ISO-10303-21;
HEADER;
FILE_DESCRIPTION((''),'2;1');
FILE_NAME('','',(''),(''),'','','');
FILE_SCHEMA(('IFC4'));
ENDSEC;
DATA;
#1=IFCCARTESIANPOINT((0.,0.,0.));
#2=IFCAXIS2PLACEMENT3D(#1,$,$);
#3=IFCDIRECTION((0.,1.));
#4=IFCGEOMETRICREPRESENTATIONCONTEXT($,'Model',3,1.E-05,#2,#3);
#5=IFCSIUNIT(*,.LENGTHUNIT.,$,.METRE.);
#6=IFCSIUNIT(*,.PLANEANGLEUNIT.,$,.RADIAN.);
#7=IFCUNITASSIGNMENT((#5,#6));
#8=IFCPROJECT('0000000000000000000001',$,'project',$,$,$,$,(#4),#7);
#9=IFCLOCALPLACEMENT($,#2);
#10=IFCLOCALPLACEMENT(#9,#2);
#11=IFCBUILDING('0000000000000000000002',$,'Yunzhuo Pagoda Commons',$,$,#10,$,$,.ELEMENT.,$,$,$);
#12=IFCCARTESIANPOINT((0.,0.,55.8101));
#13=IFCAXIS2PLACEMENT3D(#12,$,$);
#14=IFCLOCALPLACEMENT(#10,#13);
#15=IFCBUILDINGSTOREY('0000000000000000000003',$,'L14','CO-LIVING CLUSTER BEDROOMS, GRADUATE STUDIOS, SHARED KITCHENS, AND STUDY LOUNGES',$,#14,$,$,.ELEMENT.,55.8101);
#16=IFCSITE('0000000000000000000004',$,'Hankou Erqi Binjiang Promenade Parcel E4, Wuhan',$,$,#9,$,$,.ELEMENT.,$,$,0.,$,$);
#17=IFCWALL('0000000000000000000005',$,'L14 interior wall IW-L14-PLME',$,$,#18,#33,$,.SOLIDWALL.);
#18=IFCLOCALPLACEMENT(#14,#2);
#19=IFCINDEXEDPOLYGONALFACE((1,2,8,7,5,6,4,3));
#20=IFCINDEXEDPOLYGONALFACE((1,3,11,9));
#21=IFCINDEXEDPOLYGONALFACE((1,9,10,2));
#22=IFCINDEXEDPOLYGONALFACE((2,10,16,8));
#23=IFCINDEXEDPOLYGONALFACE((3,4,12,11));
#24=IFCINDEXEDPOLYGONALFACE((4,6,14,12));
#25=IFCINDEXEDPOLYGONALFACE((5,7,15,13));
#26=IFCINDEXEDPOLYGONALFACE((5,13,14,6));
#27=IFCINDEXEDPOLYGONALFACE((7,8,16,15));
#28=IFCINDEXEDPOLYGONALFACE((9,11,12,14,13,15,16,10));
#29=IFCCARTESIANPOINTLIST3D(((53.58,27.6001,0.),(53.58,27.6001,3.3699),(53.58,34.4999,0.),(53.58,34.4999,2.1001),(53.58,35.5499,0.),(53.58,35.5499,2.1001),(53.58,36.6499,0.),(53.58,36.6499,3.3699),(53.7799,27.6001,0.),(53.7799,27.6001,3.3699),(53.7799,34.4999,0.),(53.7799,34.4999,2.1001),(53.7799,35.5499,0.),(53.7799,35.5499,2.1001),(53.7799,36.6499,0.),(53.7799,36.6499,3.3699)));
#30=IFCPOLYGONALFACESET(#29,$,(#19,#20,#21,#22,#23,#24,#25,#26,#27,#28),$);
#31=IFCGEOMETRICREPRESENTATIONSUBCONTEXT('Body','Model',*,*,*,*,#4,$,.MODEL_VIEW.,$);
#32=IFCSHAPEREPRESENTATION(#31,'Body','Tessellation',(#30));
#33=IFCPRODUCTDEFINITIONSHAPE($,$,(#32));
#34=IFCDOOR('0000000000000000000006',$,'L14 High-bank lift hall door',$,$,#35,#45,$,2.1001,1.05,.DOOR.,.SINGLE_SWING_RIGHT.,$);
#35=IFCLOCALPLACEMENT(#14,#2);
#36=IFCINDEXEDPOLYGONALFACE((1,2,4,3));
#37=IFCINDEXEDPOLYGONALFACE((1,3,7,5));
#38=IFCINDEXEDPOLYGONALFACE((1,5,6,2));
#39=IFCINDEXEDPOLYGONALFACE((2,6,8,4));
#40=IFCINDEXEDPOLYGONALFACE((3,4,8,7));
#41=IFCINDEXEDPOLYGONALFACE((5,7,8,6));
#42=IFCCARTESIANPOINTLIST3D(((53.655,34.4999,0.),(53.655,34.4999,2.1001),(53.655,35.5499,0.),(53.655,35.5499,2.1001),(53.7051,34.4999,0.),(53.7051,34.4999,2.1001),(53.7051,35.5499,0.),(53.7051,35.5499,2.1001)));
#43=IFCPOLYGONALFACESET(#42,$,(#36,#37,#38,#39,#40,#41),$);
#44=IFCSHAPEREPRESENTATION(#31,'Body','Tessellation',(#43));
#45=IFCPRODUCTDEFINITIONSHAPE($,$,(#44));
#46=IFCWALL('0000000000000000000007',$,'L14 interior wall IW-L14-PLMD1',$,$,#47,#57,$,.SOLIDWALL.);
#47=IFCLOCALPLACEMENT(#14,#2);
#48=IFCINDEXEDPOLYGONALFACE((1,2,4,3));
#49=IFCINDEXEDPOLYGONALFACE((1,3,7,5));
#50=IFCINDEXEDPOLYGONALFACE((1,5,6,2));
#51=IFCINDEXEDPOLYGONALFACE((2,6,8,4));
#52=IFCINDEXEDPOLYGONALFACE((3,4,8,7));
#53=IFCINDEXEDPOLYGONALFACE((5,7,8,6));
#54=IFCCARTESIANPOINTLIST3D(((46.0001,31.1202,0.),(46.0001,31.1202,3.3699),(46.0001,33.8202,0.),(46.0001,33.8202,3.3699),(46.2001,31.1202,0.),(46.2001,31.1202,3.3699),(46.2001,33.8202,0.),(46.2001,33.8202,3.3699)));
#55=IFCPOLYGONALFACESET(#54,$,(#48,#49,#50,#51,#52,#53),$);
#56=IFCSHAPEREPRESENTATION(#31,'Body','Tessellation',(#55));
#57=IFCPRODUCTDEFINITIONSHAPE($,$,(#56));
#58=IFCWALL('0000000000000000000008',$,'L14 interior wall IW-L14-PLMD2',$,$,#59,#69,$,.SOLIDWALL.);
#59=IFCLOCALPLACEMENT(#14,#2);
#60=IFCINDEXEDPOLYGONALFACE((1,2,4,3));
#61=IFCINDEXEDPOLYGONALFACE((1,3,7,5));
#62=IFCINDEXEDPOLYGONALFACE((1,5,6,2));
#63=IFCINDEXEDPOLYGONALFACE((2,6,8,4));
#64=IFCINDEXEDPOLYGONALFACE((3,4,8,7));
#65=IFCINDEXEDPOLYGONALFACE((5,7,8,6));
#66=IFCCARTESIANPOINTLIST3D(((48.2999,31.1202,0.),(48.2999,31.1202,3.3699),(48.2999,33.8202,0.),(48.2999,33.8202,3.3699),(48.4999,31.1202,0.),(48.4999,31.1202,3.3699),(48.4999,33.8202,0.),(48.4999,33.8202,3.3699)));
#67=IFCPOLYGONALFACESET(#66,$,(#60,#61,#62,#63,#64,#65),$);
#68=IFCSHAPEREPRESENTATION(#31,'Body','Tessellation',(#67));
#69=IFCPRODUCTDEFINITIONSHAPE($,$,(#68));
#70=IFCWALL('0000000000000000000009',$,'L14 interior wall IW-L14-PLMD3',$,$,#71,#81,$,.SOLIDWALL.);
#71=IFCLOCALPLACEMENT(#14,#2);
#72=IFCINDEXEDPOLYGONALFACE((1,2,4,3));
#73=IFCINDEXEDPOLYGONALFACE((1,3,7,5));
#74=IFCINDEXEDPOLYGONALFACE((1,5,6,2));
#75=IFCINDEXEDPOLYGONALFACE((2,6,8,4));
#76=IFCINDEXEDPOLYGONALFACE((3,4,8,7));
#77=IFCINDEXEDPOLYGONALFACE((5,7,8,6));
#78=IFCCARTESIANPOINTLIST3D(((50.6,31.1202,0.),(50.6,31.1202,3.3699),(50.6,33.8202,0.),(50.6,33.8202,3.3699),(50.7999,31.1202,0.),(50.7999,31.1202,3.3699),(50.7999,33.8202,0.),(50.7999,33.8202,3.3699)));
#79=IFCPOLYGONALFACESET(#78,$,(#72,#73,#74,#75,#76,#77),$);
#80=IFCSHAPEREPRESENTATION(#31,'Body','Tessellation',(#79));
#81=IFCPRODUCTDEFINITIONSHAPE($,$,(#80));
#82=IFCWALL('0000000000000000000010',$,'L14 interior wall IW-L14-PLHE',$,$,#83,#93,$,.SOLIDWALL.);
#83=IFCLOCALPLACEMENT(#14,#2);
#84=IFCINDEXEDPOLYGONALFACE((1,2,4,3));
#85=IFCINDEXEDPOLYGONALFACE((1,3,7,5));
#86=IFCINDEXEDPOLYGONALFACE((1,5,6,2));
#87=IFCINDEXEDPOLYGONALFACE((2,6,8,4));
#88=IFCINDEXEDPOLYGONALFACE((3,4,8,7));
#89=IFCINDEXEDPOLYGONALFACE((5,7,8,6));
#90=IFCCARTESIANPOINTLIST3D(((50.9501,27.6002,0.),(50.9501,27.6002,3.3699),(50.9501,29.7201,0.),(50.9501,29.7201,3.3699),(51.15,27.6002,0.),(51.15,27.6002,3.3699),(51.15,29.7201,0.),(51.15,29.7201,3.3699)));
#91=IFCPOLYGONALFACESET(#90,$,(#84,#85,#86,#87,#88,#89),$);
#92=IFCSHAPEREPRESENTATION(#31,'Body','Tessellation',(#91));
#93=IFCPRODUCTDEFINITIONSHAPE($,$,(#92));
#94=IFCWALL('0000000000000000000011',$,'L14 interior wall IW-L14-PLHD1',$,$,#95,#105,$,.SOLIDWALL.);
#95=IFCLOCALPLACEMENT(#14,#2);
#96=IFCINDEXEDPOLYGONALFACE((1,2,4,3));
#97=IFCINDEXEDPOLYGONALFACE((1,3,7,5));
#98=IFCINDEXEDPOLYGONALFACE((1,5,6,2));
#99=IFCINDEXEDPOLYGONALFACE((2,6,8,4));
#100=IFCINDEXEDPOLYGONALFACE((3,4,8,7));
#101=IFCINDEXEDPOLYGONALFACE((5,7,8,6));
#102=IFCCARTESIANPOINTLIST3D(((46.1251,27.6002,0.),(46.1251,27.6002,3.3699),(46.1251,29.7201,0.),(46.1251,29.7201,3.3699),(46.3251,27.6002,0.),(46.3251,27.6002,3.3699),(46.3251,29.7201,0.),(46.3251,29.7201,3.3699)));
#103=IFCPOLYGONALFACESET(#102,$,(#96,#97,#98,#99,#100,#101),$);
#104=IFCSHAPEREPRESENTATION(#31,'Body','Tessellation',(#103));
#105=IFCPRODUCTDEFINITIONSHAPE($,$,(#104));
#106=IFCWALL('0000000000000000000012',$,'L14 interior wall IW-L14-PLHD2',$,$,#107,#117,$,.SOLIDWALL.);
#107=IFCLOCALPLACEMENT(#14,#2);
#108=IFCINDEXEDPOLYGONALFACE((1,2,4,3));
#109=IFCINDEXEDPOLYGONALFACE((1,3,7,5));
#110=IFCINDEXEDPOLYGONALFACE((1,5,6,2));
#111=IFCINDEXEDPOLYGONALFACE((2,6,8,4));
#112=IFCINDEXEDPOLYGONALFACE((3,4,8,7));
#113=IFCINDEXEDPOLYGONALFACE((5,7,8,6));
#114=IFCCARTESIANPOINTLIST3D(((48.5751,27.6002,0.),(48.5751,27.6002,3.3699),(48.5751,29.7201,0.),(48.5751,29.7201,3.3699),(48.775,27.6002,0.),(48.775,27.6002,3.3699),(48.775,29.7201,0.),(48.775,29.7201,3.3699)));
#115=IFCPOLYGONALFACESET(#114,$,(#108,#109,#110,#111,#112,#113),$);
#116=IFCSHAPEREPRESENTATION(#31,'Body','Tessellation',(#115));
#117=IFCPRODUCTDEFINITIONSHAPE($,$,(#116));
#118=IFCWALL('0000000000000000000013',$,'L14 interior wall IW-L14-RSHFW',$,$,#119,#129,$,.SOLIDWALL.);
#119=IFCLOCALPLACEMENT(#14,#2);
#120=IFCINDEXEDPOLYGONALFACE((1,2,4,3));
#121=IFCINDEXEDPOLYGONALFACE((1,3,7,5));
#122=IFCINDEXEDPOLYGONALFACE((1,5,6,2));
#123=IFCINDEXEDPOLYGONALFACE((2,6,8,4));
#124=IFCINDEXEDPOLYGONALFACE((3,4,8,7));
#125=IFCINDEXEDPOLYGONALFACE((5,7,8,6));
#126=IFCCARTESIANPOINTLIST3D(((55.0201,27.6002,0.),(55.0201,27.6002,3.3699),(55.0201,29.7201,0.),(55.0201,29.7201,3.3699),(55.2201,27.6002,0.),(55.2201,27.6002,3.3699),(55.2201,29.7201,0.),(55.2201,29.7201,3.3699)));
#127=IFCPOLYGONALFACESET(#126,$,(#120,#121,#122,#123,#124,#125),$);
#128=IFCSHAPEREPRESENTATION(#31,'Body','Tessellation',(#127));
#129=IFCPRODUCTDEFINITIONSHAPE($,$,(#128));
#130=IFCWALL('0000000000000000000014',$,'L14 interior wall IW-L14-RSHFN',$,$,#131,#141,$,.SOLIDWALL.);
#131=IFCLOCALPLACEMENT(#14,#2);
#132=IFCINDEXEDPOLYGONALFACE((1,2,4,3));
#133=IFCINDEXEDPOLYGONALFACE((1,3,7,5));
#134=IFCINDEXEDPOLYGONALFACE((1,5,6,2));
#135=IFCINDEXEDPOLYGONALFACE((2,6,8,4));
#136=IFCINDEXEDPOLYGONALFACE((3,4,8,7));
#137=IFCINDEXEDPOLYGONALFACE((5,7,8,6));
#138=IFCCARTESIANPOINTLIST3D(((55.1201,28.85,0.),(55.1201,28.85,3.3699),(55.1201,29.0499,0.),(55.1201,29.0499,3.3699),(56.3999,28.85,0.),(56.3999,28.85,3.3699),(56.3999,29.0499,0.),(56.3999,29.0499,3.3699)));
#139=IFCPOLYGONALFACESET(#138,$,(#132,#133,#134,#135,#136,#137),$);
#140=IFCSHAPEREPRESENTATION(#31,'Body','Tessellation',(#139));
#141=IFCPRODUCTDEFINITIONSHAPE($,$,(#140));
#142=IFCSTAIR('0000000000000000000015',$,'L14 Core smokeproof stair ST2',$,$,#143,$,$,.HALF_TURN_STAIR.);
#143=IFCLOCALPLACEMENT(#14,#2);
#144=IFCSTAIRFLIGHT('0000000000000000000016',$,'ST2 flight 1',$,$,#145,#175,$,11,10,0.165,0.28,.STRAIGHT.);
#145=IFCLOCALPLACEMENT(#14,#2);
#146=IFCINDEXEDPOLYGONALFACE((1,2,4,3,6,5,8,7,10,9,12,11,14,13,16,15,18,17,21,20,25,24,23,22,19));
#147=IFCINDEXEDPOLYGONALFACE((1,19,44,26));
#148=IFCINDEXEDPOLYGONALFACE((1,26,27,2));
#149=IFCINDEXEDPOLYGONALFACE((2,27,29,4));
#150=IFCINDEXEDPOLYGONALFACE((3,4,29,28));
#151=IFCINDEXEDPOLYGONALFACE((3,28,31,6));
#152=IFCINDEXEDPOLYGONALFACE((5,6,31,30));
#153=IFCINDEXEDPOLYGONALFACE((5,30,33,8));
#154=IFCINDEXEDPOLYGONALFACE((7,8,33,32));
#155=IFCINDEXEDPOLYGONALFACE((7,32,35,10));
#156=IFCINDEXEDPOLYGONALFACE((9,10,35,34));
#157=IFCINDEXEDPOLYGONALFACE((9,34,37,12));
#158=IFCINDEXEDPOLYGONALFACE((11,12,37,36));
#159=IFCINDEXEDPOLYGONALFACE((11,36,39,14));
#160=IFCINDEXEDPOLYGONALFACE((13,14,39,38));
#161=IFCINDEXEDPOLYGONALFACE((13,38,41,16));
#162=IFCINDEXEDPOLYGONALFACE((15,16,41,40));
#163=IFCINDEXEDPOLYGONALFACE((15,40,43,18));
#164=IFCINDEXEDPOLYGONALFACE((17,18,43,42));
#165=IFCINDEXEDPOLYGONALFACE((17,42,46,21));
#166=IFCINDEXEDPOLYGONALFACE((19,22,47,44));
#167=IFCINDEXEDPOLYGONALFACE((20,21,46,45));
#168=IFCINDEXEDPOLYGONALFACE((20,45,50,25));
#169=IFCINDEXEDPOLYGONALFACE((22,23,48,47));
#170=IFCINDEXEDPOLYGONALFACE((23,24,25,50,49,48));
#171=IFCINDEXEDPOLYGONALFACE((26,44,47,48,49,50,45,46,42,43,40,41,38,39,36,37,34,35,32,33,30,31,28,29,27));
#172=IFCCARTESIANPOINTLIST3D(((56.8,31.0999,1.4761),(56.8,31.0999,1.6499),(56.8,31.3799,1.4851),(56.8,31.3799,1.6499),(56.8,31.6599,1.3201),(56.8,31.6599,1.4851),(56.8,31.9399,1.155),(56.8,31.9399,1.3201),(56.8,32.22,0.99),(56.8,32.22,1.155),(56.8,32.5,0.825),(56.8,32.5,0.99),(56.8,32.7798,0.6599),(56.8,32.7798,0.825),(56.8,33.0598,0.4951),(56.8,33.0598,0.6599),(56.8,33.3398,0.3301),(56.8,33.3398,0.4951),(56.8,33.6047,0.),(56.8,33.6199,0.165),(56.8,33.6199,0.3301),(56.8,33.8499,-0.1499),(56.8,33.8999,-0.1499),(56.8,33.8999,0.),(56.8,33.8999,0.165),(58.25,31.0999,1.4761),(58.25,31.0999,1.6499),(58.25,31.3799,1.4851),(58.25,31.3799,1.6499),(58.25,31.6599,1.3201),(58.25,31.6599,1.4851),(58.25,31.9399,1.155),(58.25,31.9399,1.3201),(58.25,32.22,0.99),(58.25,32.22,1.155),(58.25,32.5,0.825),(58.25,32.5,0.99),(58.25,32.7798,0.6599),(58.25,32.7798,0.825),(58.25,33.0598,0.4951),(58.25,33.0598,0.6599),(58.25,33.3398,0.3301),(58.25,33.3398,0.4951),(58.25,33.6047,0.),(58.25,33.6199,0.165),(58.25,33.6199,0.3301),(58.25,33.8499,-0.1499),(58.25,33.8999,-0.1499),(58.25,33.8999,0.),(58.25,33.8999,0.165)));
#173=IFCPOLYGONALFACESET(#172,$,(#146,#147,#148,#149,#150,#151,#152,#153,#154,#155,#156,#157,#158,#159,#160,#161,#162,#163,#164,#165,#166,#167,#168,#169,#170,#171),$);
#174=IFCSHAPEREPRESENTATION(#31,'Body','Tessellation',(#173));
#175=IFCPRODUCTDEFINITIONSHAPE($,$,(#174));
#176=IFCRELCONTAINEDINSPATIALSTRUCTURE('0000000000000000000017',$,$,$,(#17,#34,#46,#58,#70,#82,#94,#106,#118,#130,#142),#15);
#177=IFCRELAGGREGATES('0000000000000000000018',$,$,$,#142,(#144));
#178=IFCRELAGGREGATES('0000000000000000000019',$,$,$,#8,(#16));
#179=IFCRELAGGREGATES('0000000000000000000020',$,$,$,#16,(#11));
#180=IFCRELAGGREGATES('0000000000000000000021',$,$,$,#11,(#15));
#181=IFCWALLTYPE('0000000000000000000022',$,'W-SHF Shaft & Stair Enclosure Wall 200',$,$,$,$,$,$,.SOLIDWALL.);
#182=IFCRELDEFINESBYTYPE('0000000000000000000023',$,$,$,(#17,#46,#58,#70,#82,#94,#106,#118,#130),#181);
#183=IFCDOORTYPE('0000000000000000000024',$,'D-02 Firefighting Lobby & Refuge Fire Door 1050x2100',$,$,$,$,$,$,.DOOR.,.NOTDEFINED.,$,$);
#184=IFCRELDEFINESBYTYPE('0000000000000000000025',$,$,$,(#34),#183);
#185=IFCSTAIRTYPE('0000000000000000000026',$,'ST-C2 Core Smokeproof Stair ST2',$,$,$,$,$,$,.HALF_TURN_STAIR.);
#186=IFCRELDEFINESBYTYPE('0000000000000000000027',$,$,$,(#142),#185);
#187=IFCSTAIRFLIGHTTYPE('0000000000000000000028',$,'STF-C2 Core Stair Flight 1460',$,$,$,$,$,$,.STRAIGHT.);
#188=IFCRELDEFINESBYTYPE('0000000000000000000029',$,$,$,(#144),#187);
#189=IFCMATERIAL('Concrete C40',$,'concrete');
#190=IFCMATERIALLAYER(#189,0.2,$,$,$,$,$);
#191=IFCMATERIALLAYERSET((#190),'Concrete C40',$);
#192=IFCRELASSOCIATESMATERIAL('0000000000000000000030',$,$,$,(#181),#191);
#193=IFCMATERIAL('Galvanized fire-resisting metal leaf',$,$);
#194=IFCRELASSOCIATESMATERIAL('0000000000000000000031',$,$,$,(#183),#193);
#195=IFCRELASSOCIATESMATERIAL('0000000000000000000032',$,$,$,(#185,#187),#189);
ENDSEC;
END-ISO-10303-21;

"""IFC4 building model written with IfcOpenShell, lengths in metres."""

from ifc_helpers import new_model, si_unit, direction, frame, frame_2d, origin, origin_with_axes, place, context, subcontext, project, spatial, polyline, rectangle, outline, extrude, source, transform, mapped, material, layer, layer_set, type_object, element, fill, aggregate, save


model = new_model("IFC4")

# Units and contexts
model_context = context("Model", 3, precision=1e-05, world=origin(), true_north=direction((0.0, 1.0)))
body_context = subcontext(model_context, "Body", "Model", "MODEL_VIEW")
ifc_project = project(units=[si_unit("LENGTHUNIT", "METRE"), si_unit("PLANEANGLEUNIT", "RADIAN")], contexts=[model_context])

# Site, building, storey
site_placement = place(None, origin())
site = spatial("IfcSite", under=ifc_project, at=site_placement, Name="Hankou Erqi Binjiang Promenade Parcel E4, Wuhan", CompositionType="ELEMENT", RefElevation=0.0)
building_placement = place(site_placement, origin())
building = spatial("IfcBuilding", under=site, at=building_placement, Name="Yunzhuo Pagoda Commons", CompositionType="ELEMENT")
storey_placement = place(building_placement, frame((0.0, 0.0, 55.8101)))
storey = spatial("IfcBuildingStorey", under=building, at=storey_placement, Name="L14", Description="CO-LIVING CLUSTER BEDROOMS, GRADUATE STUDIOS, SHARED KITCHENS, AND STUDY LOUNGES", CompositionType="ELEMENT", Elevation=55.8101)

# Wall, opening, door
ifc_material_1 = material(Name="Galvanized fire-resisting metal leaf")
ifc_material_2 = material(Name="Concrete C40", Category="concrete")
ifc_layer_1 = layer(ifc_material_2, 0.2)
ifc_layer_set_1 = layer_set([ifc_layer_1], Name="Concrete C40")
wall_type_1 = type_object("IfcWallType", Name="W-SHF Shaft & Stair Enclosure Wall 200", PredefinedType="SOLIDWALL", material=ifc_layer_set_1)
wall_1_placement = place(storey_placement, frame((53.6799, 27.6001, 0.0), z_axis=(0.0, 0.0, 1.0), x_axis=(0.0, 1.0, 0.0)))
wall_1 = element("IfcWall", 1, at=wall_1_placement, inside=storey, type_object=wall_type_1, Name="L14 interior wall IW-L14-PLME", PredefinedType="SOLIDWALL", context=body_context, shape_type="SweptSolid", body=[
    extrude(rectangle(XDim=9.0498, YDim=0.2, at=frame_2d((4.5249, 0.0))), origin(), (0.0, 0.0, 1.0), 3.3699),
])
opening_1_placement = place(wall_1_placement, frame((6.8999, 0.0, 0.0)))
opening_1 = element("IfcOpeningElement", 2, at=opening_1_placement, cuts=wall_1, PredefinedType="OPENING", context=body_context, shape_type="SweptSolid", body=[
    extrude(rectangle(XDim=1.05, YDim=2.1001, at=frame_2d((0.5249, 1.05))), frame((0.0, 0.1099, 0.0), z_axis=(0.0, -1.0, 0.0), x_axis=(1.0, 0.0, 0.0)), (0.0, 0.0, 1.0), 0.22),
])
door_type_1 = type_object("IfcDoorType", Name="D-02 Firefighting Lobby & Refuge Fire Door 1050x2100", OperationType="NOTDEFINED", PredefinedType="DOOR", material=ifc_material_1)
shared_shape_1 = source(origin(), body_context, "Body", "SweptSolid", [
    extrude(rectangle(XDim=1.05, YDim=2.1001, at=frame_2d((0.5249, 1.05))), frame((0.0, 0.0249, 0.0), z_axis=(0.0, -1.0, 0.0), x_axis=(1.0, 0.0, 0.0)), (0.0, 0.0, 1.0), 0.05),
])
door_1_placement = place(opening_1_placement, origin_with_axes())
door_1 = element("IfcDoor", 3, at=door_1_placement, inside=storey, type_object=door_type_1, Name="L14 High-bank lift hall door", OperationType="SINGLE_SWING_RIGHT", OverallHeight=2.1001, OverallWidth=1.05, PredefinedType="DOOR", context=body_context, shape_type="MappedRepresentation", body=[
    mapped(shared_shape_1, transform((0.0, 0.0, 0.0), scale=1.0)),
])
fill(opening_1, door_1)

# Walls
for number, where, z_axis, x_axis, name in (
    (4, (46.1001, 31.1201, 0.0), (0.0, 0.0, 1.0), (0.0, 1.0, 0.0), "L14 interior wall IW-L14-PLMD1"),
    (5, (48.3999, 31.1201, 0.0), (0.0, 0.0, 1.0), (0.0, 1.0, 0.0), "L14 interior wall IW-L14-PLMD2"),
    (6, (50.7, 31.1201, 0.0), (0.0, 0.0, 1.0), (0.0, 1.0, 0.0), "L14 interior wall IW-L14-PLMD3"),
):
    element("IfcWall", number, at=place(storey_placement, frame(where, z_axis=z_axis, x_axis=x_axis)), inside=storey, type_object=wall_type_1, Name=name, PredefinedType="SOLIDWALL", context=body_context, shape_type="SweptSolid", body=[
        extrude(rectangle(XDim=2.7, YDim=0.2, at=frame_2d((1.3501, 0.0))), origin(), (0.0, 0.0, 1.0), 3.3699),
    ])
for number, where, z_axis, x_axis, name in (
    (7, (51.05, 27.6001, 0.0), (0.0, 0.0, 1.0), (0.0, 1.0, 0.0), "L14 interior wall IW-L14-PLHE"),
    (8, (46.2251, 27.6001, 0.0), (0.0, 0.0, 1.0), (0.0, 1.0, 0.0), "L14 interior wall IW-L14-PLHD1"),
    (9, (48.675, 27.6001, 0.0), (0.0, 0.0, 1.0), (0.0, 1.0, 0.0), "L14 interior wall IW-L14-PLHD2"),
    (10, (55.1201, 27.6001, 0.0), (0.0, 0.0, 1.0), (0.0, 1.0, 0.0), "L14 interior wall IW-L14-RSHFW"),
):
    element("IfcWall", number, at=place(storey_placement, frame(where, z_axis=z_axis, x_axis=x_axis)), inside=storey, type_object=wall_type_1, Name=name, PredefinedType="SOLIDWALL", context=body_context, shape_type="SweptSolid", body=[
        extrude(rectangle(XDim=2.1199, YDim=0.2, at=frame_2d((1.0601, 0.0))), origin(), (0.0, 0.0, 1.0), 3.3699),
    ])
wall_2_placement = place(storey_placement, frame((55.1201, 28.95, 0.0), z_axis=(0.0, 0.0, 1.0), x_axis=(1.0, 0.0, 0.0)))
element("IfcWall", 11, at=wall_2_placement, inside=storey, type_object=wall_type_1, Name="L14 interior wall IW-L14-RSHFN", PredefinedType="SOLIDWALL", context=body_context, shape_type="SweptSolid", body=[
    extrude(rectangle(XDim=1.2798, YDim=0.2, at=frame_2d((0.6399, 0.0))), origin(), (0.0, 0.0, 1.0), 3.3699),
])

# Stair, stair flight
stair_type = type_object("IfcStairType", Name="ST-C2 Core Smokeproof Stair ST2", PredefinedType="HALF_TURN_STAIR", material=ifc_material_2)
stair_placement = place(storey_placement, origin())
stair = element("IfcStair", 12, at=stair_placement, inside=storey, type_object=stair_type, Name="L14 Core smokeproof stair ST2", PredefinedType="HALF_TURN_STAIR")
stair_flight_type = type_object("IfcStairFlightType", Name="STF-C2 Core Stair Flight 1460", PredefinedType="STRAIGHT", material=ifc_material_2)
shared_shape_2 = source(origin(), body_context, "Body", "SweptSolid", [
    extrude(outline(polyline([(0.0, -0.1499), (0.0, 0.0), (0.0, 0.165), (0.28, 0.165), (0.28, 0.3301), (0.5601, 0.3301), (0.5601, 0.4951), (0.8401, 0.4951), (0.8401, 0.6599), (1.1201, 0.6599), (1.1201, 0.825), (1.3999, 0.825), (1.3999, 0.99), (1.6799, 0.99), (1.6799, 1.155), (1.96, 1.155), (1.96, 1.3201), (2.24, 1.3201), (2.24, 1.4851), (2.52, 1.4851), (2.52, 1.6499), (2.8, 1.6499), (2.8, 1.8149), (2.8, 1.4761), (0.2952, 0.0), (0.05, -0.1499), (0.0, -0.1499)])), frame((0.0, 0.7251, 0.0), z_axis=(0.0, -1.0, 0.0), x_axis=(1.0, 0.0, 0.0)), (0.0, 0.0, 1.0), 1.45),
])
stair_flight_placement = place(storey_placement, frame((57.5249, 33.8999, 0.0), z_axis=(0.0, 0.0, 1.0), x_axis=(0.0, -1.0, 0.0)))
stair_flight = element("IfcStairFlight", 13, at=stair_flight_placement, type_object=stair_flight_type, Name="ST2 flight 1", NumberOfRisers=11, NumberOfTreads=10, PredefinedType="STRAIGHT", RiserHeight=0.165, TreadLength=0.28, context=body_context, shape_type="MappedRepresentation", body=[
    mapped(shared_shape_2, transform((0.0, 0.0, 0.0), scale=1.0)),
])
aggregate(stair, [stair_flight])

save(model, "model.ifc")
